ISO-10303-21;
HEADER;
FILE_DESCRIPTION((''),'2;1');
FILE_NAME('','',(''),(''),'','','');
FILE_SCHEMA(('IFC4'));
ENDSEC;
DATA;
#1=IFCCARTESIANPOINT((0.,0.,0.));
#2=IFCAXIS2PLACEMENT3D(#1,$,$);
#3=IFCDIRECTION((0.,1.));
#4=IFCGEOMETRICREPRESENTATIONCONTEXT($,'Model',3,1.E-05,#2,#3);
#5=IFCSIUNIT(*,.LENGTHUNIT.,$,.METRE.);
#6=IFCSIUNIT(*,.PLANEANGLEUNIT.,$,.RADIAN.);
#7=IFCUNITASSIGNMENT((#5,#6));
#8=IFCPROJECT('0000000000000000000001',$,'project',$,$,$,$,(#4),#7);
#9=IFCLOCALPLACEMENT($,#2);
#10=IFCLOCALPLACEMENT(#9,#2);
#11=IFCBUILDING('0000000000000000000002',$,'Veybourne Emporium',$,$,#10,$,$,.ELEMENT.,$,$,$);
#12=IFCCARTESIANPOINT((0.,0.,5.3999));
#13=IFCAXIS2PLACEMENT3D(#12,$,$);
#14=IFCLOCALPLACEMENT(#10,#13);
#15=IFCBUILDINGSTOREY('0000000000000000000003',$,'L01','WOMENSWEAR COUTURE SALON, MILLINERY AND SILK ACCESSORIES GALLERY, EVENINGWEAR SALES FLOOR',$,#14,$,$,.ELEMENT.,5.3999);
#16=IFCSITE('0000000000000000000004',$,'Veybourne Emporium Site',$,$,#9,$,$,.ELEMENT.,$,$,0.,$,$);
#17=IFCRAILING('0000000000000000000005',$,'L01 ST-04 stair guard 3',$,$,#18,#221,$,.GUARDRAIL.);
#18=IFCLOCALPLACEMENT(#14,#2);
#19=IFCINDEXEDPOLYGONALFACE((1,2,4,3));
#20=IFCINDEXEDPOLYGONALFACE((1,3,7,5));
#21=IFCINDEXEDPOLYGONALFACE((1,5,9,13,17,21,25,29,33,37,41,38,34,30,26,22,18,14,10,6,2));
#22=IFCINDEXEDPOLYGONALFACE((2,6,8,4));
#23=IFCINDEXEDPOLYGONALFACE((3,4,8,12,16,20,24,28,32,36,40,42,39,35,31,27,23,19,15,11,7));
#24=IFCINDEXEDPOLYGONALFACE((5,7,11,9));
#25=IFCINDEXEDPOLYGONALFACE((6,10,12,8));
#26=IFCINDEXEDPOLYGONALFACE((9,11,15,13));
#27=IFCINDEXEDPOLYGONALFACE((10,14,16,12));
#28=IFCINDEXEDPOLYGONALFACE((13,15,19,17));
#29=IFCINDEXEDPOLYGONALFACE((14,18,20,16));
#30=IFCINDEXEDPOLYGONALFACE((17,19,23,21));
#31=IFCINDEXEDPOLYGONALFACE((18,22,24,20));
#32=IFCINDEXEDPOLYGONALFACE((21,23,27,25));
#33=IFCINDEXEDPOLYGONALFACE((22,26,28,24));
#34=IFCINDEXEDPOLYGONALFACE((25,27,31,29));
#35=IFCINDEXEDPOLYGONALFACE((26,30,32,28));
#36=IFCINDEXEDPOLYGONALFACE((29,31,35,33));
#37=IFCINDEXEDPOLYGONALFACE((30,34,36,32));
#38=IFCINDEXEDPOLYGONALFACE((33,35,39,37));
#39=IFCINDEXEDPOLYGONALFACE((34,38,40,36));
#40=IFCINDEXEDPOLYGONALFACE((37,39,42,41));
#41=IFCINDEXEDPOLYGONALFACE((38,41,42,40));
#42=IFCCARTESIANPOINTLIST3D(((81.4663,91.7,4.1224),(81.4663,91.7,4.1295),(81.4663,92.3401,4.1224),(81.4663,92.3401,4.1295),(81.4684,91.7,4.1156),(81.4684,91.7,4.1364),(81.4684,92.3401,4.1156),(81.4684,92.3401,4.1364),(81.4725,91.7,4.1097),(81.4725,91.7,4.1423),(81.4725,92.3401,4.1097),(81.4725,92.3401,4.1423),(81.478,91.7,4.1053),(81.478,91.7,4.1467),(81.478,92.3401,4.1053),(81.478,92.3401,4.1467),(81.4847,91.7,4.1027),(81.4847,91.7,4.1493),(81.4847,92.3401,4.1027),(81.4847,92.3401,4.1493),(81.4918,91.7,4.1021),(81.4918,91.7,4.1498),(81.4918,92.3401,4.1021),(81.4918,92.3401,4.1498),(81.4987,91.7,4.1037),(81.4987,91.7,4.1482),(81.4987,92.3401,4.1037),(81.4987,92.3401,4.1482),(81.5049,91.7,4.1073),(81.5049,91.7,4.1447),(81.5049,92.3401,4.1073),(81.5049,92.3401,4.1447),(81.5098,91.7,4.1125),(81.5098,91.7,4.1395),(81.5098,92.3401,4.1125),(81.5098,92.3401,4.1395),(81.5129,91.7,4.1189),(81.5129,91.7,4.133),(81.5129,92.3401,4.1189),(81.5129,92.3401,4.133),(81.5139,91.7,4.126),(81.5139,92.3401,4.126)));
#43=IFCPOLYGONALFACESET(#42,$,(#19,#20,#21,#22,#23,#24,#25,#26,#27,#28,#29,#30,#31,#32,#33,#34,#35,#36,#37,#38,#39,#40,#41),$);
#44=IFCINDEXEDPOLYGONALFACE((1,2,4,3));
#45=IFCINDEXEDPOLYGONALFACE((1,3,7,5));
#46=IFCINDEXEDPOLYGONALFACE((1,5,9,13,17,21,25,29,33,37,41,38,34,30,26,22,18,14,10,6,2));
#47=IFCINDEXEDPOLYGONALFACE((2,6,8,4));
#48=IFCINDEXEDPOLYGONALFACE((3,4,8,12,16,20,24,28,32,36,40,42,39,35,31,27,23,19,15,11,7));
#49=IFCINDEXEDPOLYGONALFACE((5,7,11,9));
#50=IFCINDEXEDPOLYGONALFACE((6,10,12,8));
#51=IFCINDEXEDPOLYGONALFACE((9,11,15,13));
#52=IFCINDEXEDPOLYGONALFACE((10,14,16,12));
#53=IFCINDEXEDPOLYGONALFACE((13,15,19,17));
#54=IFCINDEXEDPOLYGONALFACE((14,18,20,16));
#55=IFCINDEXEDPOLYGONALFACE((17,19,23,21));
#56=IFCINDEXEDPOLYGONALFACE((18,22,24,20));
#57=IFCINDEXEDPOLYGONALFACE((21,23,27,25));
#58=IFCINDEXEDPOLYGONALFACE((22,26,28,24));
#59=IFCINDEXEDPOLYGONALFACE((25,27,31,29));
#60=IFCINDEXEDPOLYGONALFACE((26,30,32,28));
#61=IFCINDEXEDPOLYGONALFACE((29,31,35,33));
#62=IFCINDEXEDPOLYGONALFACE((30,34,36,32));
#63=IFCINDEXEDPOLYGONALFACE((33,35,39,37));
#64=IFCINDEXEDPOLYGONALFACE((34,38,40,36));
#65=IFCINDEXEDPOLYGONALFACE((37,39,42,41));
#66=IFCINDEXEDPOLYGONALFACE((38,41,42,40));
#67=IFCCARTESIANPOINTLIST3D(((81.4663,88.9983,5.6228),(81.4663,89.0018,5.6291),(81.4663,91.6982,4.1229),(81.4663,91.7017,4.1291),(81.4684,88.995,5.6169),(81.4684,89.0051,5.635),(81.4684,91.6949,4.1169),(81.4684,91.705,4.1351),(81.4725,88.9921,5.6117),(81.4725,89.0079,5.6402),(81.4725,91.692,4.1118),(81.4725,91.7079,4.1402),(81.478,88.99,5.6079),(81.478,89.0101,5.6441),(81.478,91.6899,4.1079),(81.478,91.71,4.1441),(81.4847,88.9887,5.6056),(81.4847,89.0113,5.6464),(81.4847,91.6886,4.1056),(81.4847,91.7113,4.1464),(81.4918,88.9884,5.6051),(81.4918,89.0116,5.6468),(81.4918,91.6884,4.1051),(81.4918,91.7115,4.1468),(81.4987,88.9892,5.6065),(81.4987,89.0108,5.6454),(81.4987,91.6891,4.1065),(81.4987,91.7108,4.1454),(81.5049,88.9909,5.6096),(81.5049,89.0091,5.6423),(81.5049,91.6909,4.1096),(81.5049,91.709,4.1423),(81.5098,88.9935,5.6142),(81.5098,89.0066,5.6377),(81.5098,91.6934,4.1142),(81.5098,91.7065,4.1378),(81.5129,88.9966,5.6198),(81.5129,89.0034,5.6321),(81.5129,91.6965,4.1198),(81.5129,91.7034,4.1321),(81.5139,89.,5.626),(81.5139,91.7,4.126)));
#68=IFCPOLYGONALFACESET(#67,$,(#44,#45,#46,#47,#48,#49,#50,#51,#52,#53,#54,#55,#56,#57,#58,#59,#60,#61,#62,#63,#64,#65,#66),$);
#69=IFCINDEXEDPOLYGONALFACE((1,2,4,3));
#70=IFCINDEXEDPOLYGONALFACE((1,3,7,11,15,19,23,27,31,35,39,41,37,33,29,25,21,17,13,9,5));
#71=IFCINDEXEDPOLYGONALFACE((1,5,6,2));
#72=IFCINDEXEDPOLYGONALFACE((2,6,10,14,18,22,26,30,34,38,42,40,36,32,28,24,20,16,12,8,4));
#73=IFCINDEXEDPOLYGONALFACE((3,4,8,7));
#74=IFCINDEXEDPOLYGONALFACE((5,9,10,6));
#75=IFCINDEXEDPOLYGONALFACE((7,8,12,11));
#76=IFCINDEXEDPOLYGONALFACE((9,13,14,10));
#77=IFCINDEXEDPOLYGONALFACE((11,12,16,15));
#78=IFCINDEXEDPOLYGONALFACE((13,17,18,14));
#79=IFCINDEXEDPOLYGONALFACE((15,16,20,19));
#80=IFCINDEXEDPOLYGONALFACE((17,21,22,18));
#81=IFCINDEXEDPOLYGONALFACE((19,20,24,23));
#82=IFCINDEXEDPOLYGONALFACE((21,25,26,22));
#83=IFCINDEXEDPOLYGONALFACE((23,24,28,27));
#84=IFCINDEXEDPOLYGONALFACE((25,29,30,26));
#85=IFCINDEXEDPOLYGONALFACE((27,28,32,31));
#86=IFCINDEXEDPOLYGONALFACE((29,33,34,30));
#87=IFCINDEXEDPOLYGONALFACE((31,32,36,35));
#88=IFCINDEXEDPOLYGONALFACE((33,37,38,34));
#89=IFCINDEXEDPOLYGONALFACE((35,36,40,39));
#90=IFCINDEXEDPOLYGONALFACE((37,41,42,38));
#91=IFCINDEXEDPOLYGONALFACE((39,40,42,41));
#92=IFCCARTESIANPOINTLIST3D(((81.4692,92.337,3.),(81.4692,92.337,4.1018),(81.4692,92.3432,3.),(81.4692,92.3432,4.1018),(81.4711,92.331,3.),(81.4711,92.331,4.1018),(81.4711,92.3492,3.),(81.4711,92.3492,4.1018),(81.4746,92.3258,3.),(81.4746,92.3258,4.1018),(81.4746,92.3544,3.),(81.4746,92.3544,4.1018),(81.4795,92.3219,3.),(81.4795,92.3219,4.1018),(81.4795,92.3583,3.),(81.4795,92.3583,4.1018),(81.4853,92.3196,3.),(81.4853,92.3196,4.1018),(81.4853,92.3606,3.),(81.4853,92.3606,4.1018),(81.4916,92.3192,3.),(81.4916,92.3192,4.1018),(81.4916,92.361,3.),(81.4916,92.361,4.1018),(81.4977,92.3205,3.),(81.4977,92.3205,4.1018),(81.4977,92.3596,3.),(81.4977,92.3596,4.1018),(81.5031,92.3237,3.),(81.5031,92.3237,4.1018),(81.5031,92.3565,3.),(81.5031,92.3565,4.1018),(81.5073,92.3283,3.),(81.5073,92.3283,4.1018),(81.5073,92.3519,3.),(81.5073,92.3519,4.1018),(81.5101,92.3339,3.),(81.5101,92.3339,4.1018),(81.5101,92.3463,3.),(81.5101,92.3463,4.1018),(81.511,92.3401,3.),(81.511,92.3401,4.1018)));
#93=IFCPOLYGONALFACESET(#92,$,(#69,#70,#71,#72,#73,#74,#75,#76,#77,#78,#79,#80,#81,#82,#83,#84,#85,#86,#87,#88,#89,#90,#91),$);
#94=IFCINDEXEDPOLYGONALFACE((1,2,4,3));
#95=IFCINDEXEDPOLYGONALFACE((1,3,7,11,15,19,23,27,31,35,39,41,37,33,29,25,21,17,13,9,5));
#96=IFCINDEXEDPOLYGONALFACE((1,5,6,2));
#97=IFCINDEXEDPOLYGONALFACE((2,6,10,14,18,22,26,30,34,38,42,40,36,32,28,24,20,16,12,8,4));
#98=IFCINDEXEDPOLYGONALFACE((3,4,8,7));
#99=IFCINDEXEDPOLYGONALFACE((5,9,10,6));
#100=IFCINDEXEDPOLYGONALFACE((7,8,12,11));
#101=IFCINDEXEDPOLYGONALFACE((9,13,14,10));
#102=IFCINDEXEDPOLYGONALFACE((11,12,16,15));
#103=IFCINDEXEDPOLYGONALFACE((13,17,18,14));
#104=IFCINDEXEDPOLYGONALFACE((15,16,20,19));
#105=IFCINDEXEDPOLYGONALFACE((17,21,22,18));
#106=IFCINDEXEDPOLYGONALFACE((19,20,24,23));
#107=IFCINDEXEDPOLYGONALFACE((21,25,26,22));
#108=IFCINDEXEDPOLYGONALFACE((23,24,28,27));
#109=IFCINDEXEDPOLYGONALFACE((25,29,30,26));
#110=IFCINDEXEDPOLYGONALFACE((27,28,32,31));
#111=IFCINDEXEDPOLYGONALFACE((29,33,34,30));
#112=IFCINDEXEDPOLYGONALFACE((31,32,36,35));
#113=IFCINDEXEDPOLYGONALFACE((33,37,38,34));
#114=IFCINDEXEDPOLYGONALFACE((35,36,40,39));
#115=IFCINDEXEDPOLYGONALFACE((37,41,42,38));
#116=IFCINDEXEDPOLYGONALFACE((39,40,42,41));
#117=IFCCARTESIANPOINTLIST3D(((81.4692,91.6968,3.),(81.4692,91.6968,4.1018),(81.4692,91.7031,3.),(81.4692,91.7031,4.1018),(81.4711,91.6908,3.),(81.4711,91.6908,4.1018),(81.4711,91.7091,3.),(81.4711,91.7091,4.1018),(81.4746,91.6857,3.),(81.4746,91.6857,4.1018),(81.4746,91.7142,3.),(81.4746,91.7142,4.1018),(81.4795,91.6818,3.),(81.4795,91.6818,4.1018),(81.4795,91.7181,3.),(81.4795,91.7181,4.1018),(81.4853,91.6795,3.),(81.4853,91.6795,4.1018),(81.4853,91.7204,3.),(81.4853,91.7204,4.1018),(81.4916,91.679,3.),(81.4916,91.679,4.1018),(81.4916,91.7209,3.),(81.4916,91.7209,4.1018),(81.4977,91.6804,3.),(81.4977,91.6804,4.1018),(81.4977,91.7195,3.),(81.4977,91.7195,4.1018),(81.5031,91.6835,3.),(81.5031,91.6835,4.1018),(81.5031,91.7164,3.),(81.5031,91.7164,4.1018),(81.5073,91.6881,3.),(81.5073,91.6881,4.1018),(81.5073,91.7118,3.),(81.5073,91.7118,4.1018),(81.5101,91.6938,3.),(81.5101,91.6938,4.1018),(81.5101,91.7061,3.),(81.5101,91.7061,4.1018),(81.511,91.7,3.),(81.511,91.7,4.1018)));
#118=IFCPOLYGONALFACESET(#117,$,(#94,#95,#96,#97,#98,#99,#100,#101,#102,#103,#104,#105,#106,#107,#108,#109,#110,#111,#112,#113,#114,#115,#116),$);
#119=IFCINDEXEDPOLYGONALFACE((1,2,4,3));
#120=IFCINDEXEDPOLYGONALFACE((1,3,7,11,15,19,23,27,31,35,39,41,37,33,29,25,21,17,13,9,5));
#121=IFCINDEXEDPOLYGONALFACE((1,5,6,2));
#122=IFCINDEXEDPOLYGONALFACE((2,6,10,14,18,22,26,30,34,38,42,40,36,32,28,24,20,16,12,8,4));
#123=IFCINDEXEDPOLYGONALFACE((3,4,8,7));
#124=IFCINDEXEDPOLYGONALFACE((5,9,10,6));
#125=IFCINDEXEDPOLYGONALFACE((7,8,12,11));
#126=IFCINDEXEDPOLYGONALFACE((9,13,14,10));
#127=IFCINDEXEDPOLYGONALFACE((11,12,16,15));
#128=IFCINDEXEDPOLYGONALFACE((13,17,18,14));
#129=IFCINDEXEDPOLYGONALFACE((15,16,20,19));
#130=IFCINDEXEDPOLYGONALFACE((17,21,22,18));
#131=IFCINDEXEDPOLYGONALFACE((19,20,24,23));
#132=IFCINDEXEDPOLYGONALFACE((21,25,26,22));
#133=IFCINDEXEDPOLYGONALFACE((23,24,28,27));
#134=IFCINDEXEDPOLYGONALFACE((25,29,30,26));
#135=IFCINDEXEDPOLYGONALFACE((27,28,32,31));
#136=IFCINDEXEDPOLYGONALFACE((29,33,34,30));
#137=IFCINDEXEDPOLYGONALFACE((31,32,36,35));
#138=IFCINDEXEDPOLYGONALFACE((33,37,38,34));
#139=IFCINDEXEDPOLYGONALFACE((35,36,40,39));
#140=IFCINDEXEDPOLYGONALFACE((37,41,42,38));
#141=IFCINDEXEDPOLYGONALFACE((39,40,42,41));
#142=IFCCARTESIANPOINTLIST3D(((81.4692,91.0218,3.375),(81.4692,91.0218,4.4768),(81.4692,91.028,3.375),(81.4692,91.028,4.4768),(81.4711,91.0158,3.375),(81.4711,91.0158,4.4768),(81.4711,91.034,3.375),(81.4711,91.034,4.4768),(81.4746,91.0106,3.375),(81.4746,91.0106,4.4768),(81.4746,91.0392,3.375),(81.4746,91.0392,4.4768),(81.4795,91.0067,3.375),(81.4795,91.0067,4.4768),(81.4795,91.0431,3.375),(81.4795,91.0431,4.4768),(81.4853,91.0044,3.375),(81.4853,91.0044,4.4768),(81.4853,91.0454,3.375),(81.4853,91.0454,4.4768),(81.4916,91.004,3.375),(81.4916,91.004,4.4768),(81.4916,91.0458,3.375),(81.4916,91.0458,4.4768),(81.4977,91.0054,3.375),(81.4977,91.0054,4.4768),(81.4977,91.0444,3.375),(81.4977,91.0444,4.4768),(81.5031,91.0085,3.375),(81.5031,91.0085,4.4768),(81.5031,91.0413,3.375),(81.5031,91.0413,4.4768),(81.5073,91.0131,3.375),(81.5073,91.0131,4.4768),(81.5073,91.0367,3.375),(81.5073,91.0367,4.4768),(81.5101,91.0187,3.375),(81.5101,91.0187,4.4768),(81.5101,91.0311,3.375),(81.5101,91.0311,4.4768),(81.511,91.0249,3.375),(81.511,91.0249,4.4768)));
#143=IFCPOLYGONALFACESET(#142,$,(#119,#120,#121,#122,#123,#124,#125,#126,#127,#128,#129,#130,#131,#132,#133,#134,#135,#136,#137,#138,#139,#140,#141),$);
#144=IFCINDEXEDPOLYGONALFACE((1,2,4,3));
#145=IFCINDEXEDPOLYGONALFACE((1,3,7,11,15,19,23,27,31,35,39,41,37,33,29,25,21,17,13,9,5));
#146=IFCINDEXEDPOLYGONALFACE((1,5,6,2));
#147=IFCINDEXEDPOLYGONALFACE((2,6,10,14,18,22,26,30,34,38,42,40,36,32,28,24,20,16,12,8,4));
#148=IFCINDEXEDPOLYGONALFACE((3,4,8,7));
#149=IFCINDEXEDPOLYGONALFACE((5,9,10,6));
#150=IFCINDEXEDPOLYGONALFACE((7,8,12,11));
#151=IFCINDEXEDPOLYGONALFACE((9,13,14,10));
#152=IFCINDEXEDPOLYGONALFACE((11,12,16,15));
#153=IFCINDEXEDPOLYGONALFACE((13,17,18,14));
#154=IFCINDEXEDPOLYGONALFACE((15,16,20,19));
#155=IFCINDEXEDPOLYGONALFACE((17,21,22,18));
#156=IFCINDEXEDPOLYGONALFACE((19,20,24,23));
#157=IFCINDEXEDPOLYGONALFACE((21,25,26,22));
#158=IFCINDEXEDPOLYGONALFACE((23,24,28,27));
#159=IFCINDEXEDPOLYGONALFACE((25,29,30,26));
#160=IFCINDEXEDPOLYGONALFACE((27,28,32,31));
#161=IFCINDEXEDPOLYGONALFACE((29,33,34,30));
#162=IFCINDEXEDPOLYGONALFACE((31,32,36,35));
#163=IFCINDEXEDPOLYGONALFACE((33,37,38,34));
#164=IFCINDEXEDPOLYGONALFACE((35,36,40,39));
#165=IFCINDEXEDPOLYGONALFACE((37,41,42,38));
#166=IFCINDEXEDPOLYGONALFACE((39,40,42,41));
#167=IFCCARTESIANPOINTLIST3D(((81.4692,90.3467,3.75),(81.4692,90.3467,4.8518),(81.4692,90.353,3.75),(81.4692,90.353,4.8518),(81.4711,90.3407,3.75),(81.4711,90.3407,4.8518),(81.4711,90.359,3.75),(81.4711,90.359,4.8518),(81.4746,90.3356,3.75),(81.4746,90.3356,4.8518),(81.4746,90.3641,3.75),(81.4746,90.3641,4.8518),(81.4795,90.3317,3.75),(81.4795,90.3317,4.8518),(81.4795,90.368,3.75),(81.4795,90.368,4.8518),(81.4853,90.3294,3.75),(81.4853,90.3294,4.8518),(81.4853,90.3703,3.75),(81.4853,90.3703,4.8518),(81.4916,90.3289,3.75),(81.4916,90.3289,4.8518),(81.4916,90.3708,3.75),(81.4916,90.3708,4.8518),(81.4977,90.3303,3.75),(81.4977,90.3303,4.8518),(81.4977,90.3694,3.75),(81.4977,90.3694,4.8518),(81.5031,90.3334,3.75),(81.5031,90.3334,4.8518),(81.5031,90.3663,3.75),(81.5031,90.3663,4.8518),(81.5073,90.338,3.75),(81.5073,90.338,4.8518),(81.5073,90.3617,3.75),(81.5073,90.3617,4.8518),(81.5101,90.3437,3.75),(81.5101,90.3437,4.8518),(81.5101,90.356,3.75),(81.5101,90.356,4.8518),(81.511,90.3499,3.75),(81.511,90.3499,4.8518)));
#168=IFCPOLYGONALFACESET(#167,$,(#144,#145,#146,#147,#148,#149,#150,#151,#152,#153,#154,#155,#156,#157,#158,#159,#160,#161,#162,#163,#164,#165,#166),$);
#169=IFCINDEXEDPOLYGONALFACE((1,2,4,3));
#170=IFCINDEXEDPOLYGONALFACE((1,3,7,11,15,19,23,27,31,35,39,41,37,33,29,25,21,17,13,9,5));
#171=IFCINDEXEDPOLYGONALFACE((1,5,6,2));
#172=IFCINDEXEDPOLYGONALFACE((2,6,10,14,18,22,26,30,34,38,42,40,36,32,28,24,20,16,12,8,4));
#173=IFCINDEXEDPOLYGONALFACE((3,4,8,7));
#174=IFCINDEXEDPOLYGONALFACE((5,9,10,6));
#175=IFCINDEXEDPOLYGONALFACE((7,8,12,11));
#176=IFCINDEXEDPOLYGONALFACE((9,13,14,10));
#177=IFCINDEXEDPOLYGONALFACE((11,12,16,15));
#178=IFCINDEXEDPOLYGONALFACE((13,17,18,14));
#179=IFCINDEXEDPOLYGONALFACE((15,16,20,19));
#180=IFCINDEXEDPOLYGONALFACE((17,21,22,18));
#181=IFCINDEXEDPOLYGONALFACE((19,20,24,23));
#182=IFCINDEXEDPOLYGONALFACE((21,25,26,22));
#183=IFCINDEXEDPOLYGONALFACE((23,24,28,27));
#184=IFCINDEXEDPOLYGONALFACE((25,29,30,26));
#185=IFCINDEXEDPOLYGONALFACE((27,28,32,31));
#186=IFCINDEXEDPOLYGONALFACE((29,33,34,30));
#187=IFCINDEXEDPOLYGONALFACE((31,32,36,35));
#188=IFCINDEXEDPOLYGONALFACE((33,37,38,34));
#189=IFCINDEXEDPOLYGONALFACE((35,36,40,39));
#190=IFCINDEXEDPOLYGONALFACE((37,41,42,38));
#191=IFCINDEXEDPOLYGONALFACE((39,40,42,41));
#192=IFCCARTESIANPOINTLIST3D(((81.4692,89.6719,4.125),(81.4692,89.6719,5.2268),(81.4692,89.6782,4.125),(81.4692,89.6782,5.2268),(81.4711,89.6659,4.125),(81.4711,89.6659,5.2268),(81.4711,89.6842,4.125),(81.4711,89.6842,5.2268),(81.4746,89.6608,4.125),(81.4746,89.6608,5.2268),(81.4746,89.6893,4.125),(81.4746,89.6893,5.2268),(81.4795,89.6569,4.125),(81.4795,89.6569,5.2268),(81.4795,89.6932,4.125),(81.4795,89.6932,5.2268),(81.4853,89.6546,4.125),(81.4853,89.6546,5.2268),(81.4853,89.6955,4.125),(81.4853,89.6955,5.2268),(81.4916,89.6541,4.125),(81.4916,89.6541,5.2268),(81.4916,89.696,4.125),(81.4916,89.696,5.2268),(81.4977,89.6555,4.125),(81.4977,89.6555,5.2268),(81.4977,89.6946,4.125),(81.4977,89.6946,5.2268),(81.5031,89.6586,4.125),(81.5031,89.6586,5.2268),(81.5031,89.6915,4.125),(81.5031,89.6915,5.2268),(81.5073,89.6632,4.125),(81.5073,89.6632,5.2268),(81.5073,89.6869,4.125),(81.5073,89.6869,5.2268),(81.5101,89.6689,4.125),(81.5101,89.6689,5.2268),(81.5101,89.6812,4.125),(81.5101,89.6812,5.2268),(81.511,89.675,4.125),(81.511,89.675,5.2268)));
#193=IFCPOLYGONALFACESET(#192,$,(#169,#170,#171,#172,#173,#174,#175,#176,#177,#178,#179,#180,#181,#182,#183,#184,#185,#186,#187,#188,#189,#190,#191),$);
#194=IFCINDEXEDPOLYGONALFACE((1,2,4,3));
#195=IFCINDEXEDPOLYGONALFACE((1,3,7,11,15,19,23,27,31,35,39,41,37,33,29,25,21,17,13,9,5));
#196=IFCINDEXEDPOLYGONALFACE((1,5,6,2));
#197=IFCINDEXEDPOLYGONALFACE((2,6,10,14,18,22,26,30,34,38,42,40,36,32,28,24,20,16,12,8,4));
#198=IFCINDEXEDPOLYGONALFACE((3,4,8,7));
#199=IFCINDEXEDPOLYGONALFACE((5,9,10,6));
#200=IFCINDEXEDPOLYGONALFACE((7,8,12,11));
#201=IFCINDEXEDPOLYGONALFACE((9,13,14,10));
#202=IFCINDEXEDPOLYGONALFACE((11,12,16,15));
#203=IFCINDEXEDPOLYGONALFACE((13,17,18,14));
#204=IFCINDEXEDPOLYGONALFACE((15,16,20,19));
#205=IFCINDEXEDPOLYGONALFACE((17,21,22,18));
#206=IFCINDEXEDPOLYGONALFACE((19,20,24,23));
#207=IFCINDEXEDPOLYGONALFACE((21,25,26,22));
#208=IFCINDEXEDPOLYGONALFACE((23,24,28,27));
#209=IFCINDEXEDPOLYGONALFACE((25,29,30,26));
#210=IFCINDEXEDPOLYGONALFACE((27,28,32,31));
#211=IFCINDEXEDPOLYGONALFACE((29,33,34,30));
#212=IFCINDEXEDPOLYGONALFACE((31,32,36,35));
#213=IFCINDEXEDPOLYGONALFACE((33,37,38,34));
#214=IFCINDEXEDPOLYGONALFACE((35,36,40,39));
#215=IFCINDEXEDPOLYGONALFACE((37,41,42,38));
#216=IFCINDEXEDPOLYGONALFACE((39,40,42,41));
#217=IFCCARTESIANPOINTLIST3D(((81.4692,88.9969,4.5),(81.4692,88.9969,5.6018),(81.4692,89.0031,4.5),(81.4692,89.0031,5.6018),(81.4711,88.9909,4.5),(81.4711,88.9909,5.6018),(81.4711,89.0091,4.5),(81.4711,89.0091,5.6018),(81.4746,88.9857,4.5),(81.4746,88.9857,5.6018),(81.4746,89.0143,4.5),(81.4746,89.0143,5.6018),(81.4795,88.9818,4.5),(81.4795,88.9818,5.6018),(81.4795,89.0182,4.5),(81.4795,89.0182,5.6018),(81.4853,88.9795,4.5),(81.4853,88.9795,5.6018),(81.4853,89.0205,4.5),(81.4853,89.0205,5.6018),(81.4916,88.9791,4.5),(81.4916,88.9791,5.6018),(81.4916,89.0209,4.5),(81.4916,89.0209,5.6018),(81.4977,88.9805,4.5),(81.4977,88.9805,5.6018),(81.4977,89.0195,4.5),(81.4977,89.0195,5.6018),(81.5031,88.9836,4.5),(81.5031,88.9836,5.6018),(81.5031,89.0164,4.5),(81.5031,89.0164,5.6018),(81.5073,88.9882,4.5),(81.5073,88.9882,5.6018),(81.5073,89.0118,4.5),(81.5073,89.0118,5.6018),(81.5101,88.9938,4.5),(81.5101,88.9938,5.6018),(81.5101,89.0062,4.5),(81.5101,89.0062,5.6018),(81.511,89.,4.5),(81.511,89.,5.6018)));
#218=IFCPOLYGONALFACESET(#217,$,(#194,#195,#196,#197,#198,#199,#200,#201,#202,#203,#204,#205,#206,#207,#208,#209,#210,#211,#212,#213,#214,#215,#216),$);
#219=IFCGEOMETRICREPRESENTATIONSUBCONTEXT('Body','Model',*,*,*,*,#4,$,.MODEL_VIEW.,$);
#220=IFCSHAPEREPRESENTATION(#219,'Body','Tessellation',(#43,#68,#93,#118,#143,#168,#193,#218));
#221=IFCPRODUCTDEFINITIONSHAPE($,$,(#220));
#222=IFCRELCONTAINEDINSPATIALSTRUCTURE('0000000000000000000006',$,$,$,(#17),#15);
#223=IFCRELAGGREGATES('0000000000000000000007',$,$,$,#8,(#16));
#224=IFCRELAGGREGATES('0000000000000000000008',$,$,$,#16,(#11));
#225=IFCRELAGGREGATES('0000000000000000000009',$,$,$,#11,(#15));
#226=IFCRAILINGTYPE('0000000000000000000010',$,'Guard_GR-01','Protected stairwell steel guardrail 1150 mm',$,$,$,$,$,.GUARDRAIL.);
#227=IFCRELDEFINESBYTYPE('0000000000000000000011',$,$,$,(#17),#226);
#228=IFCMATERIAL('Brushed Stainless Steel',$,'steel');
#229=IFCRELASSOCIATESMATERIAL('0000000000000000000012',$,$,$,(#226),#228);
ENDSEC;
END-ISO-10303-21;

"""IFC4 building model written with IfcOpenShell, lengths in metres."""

from ifc_helpers import new_model, si_unit, direction, frame, origin, origin_2d, place, context, subcontext, project, spatial, circle, extrude, material, type_object, element, save


model = new_model("IFC4")

# Units and contexts
model_context = context("Model", 3, precision=1e-05, world=origin(), true_north=direction((0.0, 1.0)))
body_context = subcontext(model_context, "Body", "Model", "MODEL_VIEW")
ifc_project = project(units=[si_unit("LENGTHUNIT", "METRE"), si_unit("PLANEANGLEUNIT", "RADIAN")], contexts=[model_context])

# Site, building, storey
site_placement = place(None, origin())
site = spatial("IfcSite", under=ifc_project, at=site_placement, Name="Veybourne Emporium Site", CompositionType="ELEMENT", RefElevation=0.0)
building_placement = place(site_placement, origin())
building = spatial("IfcBuilding", under=site, at=building_placement, Name="Veybourne Emporium", CompositionType="ELEMENT")
storey_placement = place(building_placement, frame((0.0, 0.0, 5.3999)))
storey = spatial("IfcBuildingStorey", under=building, at=storey_placement, Name="L01", Description="WOMENSWEAR COUTURE SALON, MILLINERY AND SILK ACCESSORIES GALLERY, EVENINGWEAR SALES FLOOR", CompositionType="ELEMENT", Elevation=5.3999)

# Railing
ifc_material_1 = material(Name="Brushed Stainless Steel", Category="steel")
railing_type_1 = type_object("IfcRailingType", Name="Guard_GR-01", Description="Protected stairwell steel guardrail 1150 mm", PredefinedType="GUARDRAIL", material=ifc_material_1)
railing_1_placement = place(storey_placement, frame((81.49, 92.3401, 3.0)))
element("IfcRailing", 1, at=railing_1_placement, inside=storey, type_object=railing_type_1, Name="L01 ST-04 stair guard 3", PredefinedType="GUARDRAIL", context=body_context, shape_type="SweptSolid", body=[
    extrude(circle(Radius=0.0239, at=origin_2d()), frame((0.0, 0.0, 1.126), z_axis=(0.0, -1.0, 0.0), x_axis=(1.0, 0.0, 0.0)), (0.0, 0.0, 1.0), 0.6401),
    extrude(circle(Radius=0.0239, at=origin_2d()), frame((0.0, -0.6401, 1.126), z_axis=(0.0, -0.874154, 0.48565), x_axis=(1.0, 0.0, 0.0)), (0.0, 0.0, 1.0), 3.0886),
    extrude(circle(Radius=0.021, at=origin_2d()), origin(), (0.0, 0.0, 1.0), 1.1018),
    extrude(circle(Radius=0.021, at=origin_2d()), frame((0.0, -0.6401, 0.0)), (0.0, 0.0, 1.0), 1.1018),
    extrude(circle(Radius=0.021, at=origin_2d()), frame((0.0, -1.3152, 0.375)), (0.0, 0.0, 1.0), 1.1018),
    extrude(circle(Radius=0.021, at=origin_2d()), frame((0.0, -1.9902, 0.75)), (0.0, 0.0, 1.0), 1.1018),
    extrude(circle(Radius=0.021, at=origin_2d()), frame((0.0, -2.665, 1.125)), (0.0, 0.0, 1.0), 1.1018),
    extrude(circle(Radius=0.021, at=origin_2d()), frame((0.0, -3.3401, 1.5)), (0.0, 0.0, 1.0), 1.1018),
])

save(model, "model.ifc")
